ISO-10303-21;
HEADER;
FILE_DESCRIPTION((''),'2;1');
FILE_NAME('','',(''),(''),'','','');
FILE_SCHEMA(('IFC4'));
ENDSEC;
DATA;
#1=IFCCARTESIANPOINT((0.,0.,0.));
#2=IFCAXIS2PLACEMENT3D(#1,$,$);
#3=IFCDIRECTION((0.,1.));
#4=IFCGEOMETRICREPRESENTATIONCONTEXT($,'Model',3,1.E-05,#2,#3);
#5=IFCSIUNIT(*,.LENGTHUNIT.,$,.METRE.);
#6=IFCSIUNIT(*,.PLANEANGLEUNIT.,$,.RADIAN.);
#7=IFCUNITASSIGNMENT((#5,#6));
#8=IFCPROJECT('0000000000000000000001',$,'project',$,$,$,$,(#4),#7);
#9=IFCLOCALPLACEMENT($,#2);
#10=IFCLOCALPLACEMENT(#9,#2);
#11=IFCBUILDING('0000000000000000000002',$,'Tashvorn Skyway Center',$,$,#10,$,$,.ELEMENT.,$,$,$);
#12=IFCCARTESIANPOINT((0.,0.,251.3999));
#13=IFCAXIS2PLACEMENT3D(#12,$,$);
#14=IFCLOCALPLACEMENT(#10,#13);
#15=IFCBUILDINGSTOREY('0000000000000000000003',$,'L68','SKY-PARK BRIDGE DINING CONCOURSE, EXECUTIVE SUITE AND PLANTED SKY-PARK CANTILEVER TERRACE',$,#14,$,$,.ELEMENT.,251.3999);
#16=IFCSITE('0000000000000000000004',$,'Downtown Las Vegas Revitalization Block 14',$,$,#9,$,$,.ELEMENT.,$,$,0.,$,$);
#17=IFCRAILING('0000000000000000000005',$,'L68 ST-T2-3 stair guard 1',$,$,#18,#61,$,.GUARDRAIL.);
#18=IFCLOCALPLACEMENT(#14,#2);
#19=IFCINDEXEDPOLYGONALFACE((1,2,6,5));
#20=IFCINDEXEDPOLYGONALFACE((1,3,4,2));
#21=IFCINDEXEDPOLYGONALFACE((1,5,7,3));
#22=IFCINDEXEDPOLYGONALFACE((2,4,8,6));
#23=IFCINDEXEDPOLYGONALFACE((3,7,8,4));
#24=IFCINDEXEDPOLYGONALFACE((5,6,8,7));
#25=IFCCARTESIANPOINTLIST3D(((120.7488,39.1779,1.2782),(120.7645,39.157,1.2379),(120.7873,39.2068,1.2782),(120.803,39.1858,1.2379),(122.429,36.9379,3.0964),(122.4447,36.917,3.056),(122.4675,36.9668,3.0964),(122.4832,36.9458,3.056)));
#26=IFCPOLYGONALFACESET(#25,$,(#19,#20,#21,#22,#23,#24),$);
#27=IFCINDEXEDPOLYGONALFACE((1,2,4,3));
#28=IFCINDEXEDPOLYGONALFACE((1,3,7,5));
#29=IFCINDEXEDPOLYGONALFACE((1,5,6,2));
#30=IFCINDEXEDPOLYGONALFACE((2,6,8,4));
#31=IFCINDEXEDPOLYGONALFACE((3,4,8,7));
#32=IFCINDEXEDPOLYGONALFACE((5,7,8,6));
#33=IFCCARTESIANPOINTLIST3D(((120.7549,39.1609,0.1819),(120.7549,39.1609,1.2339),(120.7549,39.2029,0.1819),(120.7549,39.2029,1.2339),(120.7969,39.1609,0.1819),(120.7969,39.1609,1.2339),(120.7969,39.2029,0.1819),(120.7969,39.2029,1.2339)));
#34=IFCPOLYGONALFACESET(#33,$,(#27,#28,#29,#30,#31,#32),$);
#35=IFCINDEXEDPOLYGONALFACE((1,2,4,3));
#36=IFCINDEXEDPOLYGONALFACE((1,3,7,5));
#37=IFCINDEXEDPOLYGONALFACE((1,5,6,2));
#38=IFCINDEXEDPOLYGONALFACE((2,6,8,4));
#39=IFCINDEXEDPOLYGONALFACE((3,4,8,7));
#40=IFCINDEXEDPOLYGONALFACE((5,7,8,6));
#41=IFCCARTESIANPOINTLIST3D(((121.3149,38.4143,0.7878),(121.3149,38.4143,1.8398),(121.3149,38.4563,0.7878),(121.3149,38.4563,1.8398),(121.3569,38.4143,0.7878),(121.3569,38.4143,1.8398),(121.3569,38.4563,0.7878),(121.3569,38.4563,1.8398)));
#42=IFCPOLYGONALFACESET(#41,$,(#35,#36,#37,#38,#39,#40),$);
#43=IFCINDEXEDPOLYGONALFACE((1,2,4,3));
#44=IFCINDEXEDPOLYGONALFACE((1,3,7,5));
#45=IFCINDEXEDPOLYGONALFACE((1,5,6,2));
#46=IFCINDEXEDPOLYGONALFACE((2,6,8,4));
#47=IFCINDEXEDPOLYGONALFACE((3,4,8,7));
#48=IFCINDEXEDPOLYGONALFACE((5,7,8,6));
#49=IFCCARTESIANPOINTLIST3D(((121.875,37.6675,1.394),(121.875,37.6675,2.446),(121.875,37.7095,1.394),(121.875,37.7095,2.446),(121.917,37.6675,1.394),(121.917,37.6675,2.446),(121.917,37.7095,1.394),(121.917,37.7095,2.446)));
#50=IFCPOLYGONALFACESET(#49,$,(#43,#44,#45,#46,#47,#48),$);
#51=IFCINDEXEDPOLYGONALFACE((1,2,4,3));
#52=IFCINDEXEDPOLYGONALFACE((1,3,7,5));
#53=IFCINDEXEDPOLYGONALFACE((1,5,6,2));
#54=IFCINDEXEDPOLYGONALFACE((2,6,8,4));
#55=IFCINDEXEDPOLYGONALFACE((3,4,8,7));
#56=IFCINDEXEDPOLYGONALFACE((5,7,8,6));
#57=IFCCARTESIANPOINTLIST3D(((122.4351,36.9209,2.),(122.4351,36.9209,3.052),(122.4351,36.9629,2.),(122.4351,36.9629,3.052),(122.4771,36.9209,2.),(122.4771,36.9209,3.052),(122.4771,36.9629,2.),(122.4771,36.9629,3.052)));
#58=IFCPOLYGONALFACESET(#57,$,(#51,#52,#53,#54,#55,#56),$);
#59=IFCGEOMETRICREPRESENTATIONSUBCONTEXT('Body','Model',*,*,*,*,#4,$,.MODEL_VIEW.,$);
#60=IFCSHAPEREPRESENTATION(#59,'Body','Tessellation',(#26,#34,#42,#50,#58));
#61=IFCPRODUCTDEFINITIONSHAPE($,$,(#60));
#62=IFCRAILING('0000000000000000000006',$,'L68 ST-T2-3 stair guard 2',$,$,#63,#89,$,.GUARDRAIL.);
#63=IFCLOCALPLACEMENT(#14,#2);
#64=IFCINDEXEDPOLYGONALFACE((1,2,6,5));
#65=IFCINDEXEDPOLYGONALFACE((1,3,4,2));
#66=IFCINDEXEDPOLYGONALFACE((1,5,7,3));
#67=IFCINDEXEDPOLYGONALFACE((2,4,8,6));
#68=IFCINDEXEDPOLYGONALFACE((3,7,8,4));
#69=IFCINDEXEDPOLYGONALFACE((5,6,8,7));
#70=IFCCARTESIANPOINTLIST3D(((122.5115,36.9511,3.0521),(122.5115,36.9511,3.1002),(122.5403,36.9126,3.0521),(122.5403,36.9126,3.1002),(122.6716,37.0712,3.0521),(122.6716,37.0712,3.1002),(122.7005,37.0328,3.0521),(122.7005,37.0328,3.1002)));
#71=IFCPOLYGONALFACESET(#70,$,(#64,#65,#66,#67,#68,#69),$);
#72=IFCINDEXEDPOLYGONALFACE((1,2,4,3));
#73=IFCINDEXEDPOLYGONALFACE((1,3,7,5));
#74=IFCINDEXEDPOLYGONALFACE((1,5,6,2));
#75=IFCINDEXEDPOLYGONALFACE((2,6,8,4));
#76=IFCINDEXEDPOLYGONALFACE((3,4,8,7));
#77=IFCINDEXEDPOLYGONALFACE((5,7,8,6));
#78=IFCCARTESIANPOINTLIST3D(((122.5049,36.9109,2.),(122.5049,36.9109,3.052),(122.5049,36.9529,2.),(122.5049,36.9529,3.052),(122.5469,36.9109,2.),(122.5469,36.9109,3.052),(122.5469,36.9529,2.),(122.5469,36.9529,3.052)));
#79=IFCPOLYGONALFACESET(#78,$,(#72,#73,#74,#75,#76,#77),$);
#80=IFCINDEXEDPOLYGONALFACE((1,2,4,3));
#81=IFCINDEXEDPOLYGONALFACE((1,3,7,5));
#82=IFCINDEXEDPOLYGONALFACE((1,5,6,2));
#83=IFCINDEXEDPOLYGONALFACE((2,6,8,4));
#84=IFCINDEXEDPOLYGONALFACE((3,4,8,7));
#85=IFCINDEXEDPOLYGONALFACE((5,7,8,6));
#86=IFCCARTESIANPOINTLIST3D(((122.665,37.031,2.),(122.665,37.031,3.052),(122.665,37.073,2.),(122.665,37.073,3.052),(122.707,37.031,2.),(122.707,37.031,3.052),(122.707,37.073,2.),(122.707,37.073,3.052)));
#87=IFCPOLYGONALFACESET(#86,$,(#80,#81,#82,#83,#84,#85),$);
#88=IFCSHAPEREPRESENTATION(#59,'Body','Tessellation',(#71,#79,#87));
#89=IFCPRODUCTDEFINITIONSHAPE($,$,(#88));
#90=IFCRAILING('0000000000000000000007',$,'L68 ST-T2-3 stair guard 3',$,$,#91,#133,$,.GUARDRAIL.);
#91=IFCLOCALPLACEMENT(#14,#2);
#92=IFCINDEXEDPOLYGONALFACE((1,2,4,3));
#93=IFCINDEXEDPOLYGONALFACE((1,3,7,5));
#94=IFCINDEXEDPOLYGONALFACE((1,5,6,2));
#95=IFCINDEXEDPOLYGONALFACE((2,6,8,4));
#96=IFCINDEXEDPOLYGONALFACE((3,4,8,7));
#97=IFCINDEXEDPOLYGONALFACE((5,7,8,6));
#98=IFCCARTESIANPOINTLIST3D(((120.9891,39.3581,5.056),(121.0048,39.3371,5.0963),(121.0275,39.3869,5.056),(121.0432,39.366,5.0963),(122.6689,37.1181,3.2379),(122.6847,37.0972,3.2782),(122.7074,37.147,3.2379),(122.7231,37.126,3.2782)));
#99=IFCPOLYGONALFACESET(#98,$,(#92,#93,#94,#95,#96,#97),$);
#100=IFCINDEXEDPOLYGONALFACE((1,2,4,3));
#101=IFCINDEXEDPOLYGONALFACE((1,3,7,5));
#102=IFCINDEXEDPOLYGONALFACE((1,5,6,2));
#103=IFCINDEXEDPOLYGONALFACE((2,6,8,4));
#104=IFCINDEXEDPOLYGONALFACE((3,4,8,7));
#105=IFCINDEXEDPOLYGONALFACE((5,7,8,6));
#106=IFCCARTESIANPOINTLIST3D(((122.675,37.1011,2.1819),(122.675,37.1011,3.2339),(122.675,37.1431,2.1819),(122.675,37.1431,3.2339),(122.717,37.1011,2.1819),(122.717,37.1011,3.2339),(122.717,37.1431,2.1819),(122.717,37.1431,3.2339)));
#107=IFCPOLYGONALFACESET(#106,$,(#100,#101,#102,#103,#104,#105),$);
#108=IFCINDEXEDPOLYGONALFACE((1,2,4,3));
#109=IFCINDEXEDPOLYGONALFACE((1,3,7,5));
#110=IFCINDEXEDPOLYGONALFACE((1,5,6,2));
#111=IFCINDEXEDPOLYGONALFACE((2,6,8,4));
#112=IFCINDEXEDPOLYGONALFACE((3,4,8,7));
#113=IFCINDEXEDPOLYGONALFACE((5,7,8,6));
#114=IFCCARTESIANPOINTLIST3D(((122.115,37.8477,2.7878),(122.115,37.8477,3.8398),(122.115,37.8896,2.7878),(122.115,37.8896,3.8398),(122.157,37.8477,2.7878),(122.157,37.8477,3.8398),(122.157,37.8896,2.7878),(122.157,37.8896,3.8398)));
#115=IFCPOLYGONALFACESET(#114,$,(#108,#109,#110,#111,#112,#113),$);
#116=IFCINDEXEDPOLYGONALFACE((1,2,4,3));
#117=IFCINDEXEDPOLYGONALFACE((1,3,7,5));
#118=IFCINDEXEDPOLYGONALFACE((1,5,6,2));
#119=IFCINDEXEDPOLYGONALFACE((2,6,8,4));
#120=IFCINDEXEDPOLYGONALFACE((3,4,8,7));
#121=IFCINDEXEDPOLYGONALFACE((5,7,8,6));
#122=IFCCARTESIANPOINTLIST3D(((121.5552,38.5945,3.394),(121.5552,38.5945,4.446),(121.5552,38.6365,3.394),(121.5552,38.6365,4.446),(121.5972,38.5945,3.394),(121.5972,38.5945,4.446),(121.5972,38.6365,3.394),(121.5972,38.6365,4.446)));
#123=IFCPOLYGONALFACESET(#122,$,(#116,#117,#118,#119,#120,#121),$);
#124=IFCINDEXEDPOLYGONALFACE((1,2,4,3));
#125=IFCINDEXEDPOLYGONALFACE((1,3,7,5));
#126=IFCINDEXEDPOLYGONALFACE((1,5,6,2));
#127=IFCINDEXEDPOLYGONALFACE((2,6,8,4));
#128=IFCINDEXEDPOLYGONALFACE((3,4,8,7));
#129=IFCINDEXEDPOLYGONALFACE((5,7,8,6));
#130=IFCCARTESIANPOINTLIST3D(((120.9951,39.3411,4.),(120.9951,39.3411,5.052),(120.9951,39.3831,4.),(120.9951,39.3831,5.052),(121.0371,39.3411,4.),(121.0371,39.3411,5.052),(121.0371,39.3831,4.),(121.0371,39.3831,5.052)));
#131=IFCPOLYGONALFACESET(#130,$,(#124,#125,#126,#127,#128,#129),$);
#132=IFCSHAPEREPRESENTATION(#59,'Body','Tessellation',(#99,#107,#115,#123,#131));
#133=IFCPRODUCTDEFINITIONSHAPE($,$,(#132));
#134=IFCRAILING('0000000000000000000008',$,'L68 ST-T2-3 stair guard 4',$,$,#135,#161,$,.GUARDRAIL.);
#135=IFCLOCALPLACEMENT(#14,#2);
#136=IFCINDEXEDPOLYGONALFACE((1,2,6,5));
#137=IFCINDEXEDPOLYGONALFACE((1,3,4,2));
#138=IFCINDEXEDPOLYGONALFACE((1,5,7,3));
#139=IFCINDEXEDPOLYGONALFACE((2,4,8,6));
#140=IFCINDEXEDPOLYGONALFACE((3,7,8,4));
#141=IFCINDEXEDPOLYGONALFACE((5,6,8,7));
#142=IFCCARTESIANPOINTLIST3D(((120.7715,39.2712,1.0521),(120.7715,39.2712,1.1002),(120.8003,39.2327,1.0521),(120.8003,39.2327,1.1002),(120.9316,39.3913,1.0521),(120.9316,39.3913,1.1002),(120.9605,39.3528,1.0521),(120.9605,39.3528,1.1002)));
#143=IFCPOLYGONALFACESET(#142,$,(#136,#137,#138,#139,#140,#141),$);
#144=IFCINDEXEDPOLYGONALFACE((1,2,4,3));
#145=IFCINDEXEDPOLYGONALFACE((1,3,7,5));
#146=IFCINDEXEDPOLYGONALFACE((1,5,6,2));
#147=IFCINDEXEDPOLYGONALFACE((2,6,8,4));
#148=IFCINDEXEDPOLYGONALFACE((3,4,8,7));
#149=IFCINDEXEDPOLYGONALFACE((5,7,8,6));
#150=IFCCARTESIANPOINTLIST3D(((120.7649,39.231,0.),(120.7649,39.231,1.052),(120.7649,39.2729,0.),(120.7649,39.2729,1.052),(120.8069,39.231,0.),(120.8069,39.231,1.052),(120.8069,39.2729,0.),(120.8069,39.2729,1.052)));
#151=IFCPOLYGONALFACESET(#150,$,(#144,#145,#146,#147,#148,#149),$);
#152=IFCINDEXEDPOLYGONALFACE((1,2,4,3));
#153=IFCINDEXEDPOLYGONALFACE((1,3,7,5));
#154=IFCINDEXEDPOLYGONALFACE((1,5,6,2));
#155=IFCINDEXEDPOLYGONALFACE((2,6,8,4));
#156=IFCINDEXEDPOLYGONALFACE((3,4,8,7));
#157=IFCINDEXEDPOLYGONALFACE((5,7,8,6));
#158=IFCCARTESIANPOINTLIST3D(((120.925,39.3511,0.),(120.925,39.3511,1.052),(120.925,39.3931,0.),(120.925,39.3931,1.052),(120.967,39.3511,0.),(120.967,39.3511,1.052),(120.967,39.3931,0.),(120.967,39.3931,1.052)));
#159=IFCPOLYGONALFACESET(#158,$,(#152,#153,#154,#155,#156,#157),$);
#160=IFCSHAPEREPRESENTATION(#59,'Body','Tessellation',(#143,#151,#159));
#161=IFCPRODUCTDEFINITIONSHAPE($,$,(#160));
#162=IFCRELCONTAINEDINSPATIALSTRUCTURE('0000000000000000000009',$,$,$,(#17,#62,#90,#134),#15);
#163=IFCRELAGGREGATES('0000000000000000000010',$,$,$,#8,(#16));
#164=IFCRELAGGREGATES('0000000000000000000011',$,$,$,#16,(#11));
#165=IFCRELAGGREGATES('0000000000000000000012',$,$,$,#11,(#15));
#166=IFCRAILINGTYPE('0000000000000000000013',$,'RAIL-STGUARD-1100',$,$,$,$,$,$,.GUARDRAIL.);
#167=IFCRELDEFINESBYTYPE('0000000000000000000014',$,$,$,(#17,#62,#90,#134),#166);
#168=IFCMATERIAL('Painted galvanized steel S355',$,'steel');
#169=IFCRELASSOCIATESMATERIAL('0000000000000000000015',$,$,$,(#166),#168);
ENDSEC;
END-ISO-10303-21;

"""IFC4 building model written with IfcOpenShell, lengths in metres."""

from ifc_helpers import new_model, si_unit, direction, frame, origin, origin_2d, place, context, subcontext, project, spatial, rectangle, extrude, material, type_object, element, save


model = new_model("IFC4")

# Units and contexts
model_context = context("Model", 3, precision=1e-05, world=origin(), true_north=direction((0.0, 1.0)))
body_context = subcontext(model_context, "Body", "Model", "MODEL_VIEW")
ifc_project = project(units=[si_unit("LENGTHUNIT", "METRE"), si_unit("PLANEANGLEUNIT", "RADIAN")], contexts=[model_context])

# Site, building, storey
site_placement = place(None, origin())
site = spatial("IfcSite", under=ifc_project, at=site_placement, Name="Downtown Las Vegas Revitalization Block 14", CompositionType="ELEMENT", RefElevation=0.0)
building_placement = place(site_placement, origin())
building = spatial("IfcBuilding", under=site, at=building_placement, Name="Tashvorn Skyway Center", CompositionType="ELEMENT")
storey_placement = place(building_placement, frame((0.0, 0.0, 251.3999)))
storey = spatial("IfcBuildingStorey", under=building, at=storey_placement, Name="L68", Description="SKY-PARK BRIDGE DINING CONCOURSE, EXECUTIVE SUITE AND PLANTED SKY-PARK CANTILEVER TERRACE", CompositionType="ELEMENT", Elevation=251.3999)

# Railings
ifc_material_1 = material(Name="Painted galvanized steel S355", Category="steel")
railing_type_1 = type_object("IfcRailingType", Name="RAIL-STGUARD-1100", PredefinedType="GUARDRAIL", material=ifc_material_1)
railing_1_placement = place(storey_placement, frame((120.7759, 39.1819, 0.1819)))
element("IfcRailing", 1, at=railing_1_placement, inside=storey, type_object=railing_type_1, Name="L68 ST-T2-3 stair guard 1", PredefinedType="GUARDRAIL", context=body_context, shape_type="SweptSolid", body=[
    extrude(rectangle(XDim=0.0481, YDim=0.0481, at=origin_2d()), frame((0.0, 0.0, 1.0762), z_axis=(0.503261, -0.670942, 0.544578), x_axis=(0.799969, 0.600042, 0.0)), (0.0, 0.0, 1.0), 3.3386),
    extrude(rectangle(XDim=0.042, YDim=0.042, at=origin_2d()), origin(), (0.0, 0.0, 1.0), 1.052),
    extrude(rectangle(XDim=0.042, YDim=0.042, at=origin_2d()), frame((0.5601, -0.7466, 0.606)), (0.0, 0.0, 1.0), 1.052),
    extrude(rectangle(XDim=0.042, YDim=0.042, at=origin_2d()), frame((1.1201, -1.4934, 1.2122)), (0.0, 0.0, 1.0), 1.052),
    extrude(rectangle(XDim=0.042, YDim=0.042, at=origin_2d()), frame((1.6802, -2.24, 1.8181)), (0.0, 0.0, 1.0), 1.052),
])
railing_2_placement = place(storey_placement, frame((122.5259, 36.9319, 2.0)))
element("IfcRailing", 2, at=railing_2_placement, inside=storey, type_object=railing_type_1, Name="L68 ST-T2-3 stair guard 2", PredefinedType="GUARDRAIL", context=body_context, shape_type="SweptSolid", body=[
    extrude(rectangle(XDim=0.0481, YDim=0.0481, at=origin_2d()), frame((0.0, 0.0, 1.0762), z_axis=(0.8, 0.6, 0.0), x_axis=(-0.6, 0.8, 0.0)), (0.0, 0.0, 1.0), 0.2002),
    extrude(rectangle(XDim=0.042, YDim=0.042, at=origin_2d()), origin(), (0.0, 0.0, 1.0), 1.052),
    extrude(rectangle(XDim=0.042, YDim=0.042, at=origin_2d()), frame((0.1602, 0.1201, 0.0)), (0.0, 0.0, 1.0), 1.052),
])
railing_3_placement = place(storey_placement, frame((122.696, 37.1221, 2.1819)))
element("IfcRailing", 3, at=railing_3_placement, inside=storey, type_object=railing_type_1, Name="L68 ST-T2-3 stair guard 3", PredefinedType="GUARDRAIL", context=body_context, shape_type="SweptSolid", body=[
    extrude(rectangle(XDim=0.0481, YDim=0.0481, at=origin_2d()), frame((0.0, 0.0, 1.0762), z_axis=(-0.503207, 0.670966, 0.544598), x_axis=(-0.80001, -0.599986, 0.0)), (0.0, 0.0, 1.0), 3.3384),
    extrude(rectangle(XDim=0.042, YDim=0.042, at=origin_2d()), origin(), (0.0, 0.0, 1.0), 1.052),
    extrude(rectangle(XDim=0.042, YDim=0.042, at=origin_2d()), frame((-0.5601, 0.7466, 0.606)), (0.0, 0.0, 1.0), 1.052),
    extrude(rectangle(XDim=0.042, YDim=0.042, at=origin_2d()), frame((-1.1199, 1.4934, 1.2122)), (0.0, 0.0, 1.0), 1.052),
    extrude(rectangle(XDim=0.042, YDim=0.042, at=origin_2d()), frame((-1.6799, 2.24, 1.8181)), (0.0, 0.0, 1.0), 1.052),
])
railing_4_placement = place(storey_placement, frame((120.7859, 39.252, 0.0)))
element("IfcRailing", 4, at=railing_4_placement, inside=storey, type_object=railing_type_1, Name="L68 ST-T2-3 stair guard 4", PredefinedType="GUARDRAIL", context=body_context, shape_type="SweptSolid", body=[
    extrude(rectangle(XDim=0.0481, YDim=0.0481, at=origin_2d()), frame((0.0, 0.0, 1.0762), z_axis=(0.8, 0.6, 0.0), x_axis=(-0.6, 0.8, 0.0)), (0.0, 0.0, 1.0), 0.2002),
    extrude(rectangle(XDim=0.042, YDim=0.042, at=origin_2d()), origin(), (0.0, 0.0, 1.0), 1.052),
    extrude(rectangle(XDim=0.042, YDim=0.042, at=origin_2d()), frame((0.1602, 0.1201, 0.0)), (0.0, 0.0, 1.0), 1.052),
])

save(model, "model.ifc")
